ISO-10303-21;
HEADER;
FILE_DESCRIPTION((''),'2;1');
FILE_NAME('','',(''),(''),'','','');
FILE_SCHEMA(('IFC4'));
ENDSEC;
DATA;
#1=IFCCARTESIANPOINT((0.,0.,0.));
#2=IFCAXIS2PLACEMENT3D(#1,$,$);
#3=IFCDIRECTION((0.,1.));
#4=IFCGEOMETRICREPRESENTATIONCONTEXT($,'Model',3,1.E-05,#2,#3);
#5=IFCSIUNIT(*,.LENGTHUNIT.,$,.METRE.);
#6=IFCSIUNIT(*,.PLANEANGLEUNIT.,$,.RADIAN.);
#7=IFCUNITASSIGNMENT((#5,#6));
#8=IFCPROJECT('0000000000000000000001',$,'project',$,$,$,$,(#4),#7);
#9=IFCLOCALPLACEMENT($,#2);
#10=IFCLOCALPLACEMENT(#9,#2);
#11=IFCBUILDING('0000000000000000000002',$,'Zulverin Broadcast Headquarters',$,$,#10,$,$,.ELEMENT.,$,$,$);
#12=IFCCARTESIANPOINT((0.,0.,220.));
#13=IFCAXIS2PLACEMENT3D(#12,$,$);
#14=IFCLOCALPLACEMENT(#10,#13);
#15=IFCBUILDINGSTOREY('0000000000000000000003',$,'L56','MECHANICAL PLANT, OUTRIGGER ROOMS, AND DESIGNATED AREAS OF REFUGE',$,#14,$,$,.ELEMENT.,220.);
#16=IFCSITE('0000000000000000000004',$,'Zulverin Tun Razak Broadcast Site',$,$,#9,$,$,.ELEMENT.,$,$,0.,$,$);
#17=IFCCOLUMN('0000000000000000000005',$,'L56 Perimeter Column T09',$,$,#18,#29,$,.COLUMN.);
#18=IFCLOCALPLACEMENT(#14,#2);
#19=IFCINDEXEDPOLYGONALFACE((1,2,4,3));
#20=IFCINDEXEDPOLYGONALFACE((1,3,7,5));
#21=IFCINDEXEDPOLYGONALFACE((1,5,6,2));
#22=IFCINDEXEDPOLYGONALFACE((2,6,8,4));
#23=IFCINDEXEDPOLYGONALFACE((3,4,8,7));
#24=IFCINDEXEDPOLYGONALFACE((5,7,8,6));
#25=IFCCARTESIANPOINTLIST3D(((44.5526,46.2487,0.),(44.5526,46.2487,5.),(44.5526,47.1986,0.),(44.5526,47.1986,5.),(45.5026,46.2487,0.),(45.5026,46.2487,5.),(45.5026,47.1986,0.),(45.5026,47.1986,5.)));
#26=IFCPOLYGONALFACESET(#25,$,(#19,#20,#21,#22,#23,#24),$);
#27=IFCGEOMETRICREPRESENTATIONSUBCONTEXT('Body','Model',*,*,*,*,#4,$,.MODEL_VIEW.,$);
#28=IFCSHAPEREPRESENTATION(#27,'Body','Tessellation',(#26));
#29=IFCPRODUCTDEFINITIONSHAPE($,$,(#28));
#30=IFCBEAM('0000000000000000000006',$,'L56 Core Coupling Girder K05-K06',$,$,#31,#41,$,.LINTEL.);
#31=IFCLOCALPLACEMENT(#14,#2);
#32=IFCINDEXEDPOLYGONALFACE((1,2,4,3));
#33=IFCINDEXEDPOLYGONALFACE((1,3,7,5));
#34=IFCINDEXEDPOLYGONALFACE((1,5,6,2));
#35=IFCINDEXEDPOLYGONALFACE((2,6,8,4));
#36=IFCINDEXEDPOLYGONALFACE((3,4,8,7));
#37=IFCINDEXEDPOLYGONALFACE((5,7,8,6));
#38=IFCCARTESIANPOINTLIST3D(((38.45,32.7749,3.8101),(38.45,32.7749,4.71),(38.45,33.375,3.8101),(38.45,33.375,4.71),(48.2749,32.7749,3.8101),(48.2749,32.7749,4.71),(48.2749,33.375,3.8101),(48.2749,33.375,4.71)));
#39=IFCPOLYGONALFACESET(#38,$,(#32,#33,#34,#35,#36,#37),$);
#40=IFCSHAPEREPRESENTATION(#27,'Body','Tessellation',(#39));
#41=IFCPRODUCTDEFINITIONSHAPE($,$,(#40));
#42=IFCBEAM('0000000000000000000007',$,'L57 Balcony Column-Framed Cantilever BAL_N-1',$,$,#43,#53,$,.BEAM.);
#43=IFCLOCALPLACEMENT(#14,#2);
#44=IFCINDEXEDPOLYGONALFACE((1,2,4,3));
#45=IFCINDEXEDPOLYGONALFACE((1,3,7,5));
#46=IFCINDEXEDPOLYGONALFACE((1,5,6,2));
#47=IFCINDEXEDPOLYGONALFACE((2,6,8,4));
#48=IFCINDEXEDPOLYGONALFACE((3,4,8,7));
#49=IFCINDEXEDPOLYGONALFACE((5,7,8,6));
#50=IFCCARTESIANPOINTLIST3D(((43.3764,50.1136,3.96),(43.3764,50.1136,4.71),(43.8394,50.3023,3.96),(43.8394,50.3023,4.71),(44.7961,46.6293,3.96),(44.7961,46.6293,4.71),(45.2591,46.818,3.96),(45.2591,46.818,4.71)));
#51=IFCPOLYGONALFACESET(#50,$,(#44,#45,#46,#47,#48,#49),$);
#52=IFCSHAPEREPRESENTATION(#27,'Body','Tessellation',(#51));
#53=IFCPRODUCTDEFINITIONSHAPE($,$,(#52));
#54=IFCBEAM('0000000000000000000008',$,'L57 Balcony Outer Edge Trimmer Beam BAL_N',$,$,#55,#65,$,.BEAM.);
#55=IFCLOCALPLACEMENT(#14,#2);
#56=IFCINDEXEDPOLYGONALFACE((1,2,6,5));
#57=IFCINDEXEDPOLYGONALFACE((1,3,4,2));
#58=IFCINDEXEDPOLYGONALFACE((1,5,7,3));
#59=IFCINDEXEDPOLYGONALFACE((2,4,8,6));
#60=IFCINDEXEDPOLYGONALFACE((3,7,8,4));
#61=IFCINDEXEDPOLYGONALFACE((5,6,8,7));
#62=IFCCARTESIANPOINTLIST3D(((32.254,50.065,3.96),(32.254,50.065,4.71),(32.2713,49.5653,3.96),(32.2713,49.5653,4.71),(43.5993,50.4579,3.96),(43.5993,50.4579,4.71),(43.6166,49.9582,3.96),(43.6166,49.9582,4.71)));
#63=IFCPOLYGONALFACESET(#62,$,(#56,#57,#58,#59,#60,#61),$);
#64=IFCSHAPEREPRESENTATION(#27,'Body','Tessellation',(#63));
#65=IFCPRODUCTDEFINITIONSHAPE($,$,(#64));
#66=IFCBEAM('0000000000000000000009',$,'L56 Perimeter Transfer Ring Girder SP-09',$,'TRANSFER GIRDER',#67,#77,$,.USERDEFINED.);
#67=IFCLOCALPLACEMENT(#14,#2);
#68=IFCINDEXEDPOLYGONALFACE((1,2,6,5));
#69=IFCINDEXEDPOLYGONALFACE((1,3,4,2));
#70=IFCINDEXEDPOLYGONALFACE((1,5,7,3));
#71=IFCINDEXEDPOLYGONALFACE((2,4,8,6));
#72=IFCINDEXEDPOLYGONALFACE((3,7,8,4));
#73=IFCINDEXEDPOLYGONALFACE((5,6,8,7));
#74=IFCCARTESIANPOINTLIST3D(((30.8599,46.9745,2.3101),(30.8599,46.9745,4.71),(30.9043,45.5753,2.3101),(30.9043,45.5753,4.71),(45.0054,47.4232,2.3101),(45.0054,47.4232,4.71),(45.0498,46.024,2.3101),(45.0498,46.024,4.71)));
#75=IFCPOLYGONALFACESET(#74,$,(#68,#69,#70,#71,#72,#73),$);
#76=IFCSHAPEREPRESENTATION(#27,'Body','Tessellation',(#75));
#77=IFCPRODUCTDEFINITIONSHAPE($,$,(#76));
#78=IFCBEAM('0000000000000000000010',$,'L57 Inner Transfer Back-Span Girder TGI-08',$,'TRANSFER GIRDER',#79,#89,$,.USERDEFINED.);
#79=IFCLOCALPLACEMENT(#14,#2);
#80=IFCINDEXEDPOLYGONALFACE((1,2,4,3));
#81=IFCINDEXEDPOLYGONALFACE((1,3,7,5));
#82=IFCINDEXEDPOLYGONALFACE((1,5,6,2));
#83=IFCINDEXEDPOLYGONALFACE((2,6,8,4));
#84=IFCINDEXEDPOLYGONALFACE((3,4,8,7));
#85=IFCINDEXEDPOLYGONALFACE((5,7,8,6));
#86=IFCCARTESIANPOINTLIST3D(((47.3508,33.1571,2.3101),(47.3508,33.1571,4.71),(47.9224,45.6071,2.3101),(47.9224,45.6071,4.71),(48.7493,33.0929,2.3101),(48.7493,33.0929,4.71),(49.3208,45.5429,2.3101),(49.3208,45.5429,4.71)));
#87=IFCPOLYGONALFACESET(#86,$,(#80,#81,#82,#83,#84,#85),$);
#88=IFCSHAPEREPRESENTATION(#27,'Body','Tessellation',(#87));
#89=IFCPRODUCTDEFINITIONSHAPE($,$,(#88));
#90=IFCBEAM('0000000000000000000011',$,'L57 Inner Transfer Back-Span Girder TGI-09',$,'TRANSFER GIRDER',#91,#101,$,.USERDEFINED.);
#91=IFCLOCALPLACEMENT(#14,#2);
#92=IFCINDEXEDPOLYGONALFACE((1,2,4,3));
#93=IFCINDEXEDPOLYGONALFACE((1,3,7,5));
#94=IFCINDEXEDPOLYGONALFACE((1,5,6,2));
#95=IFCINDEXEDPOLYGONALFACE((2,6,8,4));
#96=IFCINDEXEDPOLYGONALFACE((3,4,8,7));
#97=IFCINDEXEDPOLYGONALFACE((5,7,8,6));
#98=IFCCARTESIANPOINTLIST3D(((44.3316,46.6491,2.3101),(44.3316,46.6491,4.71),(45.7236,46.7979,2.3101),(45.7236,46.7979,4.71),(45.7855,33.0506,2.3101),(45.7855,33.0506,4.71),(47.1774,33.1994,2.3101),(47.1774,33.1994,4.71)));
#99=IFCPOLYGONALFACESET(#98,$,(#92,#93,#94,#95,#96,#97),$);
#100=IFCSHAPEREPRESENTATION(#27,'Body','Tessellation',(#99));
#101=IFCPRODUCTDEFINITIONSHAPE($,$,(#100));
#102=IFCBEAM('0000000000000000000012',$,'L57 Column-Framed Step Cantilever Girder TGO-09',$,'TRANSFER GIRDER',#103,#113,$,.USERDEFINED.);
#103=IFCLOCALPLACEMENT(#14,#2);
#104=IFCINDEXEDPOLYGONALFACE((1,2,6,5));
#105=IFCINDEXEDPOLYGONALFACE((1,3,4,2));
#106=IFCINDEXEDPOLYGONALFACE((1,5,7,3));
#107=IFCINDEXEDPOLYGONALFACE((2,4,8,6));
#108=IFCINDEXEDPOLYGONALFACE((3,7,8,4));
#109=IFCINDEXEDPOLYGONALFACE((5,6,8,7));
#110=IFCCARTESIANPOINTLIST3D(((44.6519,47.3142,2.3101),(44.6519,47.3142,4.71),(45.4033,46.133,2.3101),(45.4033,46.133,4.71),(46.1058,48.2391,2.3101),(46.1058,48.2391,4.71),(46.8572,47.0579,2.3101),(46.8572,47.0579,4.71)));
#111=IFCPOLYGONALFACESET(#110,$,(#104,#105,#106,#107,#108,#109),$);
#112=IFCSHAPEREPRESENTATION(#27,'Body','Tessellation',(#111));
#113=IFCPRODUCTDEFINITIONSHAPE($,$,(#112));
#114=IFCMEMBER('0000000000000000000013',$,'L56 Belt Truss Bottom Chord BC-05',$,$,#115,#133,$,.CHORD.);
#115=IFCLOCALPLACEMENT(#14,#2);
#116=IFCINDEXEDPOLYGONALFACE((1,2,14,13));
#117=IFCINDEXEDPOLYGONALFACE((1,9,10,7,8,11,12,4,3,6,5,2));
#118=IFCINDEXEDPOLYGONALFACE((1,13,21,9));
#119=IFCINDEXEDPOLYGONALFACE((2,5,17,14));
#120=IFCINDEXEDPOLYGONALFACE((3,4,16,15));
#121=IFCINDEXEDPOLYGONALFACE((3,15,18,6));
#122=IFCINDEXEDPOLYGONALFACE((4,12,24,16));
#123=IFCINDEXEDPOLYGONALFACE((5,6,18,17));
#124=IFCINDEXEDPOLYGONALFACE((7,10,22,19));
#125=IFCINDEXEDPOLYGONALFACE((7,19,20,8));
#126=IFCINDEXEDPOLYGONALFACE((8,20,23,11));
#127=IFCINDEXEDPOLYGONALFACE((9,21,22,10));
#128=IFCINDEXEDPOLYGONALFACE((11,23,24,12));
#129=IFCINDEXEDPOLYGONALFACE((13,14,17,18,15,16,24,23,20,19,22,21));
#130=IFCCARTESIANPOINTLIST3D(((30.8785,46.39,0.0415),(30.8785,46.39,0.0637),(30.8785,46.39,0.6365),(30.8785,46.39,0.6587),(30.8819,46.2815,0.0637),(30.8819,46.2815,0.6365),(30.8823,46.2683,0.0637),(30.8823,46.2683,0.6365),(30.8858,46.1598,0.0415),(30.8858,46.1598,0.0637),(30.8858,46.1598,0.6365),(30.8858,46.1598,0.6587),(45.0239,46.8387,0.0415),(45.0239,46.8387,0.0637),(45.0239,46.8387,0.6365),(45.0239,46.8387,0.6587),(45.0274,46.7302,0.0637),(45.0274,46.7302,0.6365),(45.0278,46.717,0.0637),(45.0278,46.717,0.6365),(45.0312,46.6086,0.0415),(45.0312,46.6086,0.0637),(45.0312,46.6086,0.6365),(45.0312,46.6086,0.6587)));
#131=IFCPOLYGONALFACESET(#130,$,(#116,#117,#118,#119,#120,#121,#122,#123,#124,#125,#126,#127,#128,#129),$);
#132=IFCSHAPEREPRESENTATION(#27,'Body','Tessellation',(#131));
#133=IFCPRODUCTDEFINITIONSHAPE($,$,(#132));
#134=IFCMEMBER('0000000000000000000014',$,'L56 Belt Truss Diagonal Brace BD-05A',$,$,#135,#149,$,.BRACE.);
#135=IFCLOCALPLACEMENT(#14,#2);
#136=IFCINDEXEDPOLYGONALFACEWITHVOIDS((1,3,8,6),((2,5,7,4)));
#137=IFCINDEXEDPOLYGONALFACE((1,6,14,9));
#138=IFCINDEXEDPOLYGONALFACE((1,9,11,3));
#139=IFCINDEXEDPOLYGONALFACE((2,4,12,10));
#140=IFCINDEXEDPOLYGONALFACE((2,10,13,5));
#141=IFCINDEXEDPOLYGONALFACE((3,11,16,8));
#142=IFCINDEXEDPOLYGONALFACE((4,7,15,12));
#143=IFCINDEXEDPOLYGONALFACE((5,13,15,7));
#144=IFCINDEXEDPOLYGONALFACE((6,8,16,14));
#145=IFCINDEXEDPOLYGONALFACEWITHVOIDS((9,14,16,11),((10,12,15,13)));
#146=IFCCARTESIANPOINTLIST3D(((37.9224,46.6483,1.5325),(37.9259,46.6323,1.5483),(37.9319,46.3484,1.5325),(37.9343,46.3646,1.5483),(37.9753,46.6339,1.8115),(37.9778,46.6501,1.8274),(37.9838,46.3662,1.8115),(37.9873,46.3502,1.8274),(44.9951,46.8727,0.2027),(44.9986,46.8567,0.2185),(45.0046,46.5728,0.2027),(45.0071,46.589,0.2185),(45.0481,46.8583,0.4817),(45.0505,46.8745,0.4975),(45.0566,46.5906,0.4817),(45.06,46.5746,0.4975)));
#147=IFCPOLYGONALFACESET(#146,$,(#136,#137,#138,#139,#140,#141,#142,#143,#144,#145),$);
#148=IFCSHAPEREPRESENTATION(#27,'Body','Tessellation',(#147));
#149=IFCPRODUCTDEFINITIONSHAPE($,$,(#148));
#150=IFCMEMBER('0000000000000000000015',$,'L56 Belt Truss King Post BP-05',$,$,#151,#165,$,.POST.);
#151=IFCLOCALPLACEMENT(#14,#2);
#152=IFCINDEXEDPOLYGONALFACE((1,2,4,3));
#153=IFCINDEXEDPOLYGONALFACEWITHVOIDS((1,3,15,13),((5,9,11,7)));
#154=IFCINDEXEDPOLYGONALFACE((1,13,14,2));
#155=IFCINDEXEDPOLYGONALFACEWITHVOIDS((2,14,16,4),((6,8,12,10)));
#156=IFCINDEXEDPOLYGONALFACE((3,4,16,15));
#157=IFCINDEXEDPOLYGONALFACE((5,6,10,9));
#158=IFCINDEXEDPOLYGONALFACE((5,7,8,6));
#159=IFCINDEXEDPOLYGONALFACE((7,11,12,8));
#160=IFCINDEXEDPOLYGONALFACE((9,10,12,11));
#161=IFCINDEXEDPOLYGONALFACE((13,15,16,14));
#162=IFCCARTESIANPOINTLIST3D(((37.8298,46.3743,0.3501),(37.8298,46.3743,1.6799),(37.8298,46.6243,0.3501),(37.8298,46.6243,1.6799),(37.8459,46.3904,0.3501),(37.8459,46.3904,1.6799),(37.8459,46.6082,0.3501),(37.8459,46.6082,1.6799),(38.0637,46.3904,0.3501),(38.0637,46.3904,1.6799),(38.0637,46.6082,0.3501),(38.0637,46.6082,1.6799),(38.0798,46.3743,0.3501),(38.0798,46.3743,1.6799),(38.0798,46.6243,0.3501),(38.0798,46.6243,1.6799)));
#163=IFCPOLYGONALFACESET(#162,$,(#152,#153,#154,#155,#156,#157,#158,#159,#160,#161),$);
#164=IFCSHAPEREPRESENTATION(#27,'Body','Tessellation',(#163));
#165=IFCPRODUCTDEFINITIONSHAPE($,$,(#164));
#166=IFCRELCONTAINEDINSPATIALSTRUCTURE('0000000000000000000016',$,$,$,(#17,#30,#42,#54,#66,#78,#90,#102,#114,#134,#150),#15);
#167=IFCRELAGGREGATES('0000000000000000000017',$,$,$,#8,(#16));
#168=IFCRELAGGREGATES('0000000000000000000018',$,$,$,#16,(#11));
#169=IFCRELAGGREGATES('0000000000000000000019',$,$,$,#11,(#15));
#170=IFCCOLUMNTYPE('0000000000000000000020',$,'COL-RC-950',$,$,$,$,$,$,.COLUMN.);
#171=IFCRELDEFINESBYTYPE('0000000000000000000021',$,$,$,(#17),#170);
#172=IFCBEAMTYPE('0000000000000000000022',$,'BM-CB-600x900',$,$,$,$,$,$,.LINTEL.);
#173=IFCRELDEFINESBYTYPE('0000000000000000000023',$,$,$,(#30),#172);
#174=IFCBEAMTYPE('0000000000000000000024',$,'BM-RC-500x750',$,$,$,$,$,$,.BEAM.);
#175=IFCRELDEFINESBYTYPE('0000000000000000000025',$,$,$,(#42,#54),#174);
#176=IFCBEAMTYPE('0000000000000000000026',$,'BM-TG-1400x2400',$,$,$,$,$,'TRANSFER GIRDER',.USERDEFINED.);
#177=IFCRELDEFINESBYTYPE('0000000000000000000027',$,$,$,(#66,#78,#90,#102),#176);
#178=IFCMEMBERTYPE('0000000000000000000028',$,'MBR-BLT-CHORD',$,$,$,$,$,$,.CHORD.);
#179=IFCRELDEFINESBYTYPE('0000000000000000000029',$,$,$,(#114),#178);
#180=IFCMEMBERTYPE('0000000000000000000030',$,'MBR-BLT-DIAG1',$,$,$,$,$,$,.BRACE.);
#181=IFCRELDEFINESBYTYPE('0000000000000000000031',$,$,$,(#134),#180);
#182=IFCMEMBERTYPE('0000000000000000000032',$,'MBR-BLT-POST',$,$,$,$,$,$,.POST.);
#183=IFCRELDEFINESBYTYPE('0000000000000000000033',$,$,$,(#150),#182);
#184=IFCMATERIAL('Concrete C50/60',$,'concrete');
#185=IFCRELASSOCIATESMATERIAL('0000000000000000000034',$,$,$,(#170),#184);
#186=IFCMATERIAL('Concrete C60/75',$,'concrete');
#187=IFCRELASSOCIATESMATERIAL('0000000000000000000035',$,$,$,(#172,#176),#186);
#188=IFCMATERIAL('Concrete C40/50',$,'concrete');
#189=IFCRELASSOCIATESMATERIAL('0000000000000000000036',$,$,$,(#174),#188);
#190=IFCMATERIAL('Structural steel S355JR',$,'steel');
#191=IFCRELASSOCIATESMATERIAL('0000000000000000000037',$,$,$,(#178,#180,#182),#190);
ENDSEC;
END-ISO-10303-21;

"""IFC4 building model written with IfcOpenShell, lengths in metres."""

from ifc_helpers import new_model, si_unit, direction, frame, origin, origin_2d, place, context, subcontext, project, spatial, rectangle, hollow_rectangle, i_section, extrude, material, material_profile, profile_set, type_object, element, save


model = new_model("IFC4")

# Units and contexts
model_context = context("Model", 3, precision=1e-05, world=origin(), true_north=direction((0.0, 1.0)))
body_context = subcontext(model_context, "Body", "Model", "MODEL_VIEW")
ifc_project = project(units=[si_unit("LENGTHUNIT", "METRE"), si_unit("PLANEANGLEUNIT", "RADIAN")], contexts=[model_context])

# Site, building, storey
site_placement = place(None, origin())
site = spatial("IfcSite", under=ifc_project, at=site_placement, Name="Zulverin Tun Razak Broadcast Site", CompositionType="ELEMENT", RefElevation=0.0)
building_placement = place(site_placement, origin())
building = spatial("IfcBuilding", under=site, at=building_placement, Name="Zulverin Broadcast Headquarters", CompositionType="ELEMENT")
storey_placement = place(building_placement, frame((0.0, 0.0, 220.0)))
storey = spatial("IfcBuildingStorey", under=building, at=storey_placement, Name="L56", Description="MECHANICAL PLANT, OUTRIGGER ROOMS, AND DESIGNATED AREAS OF REFUGE", CompositionType="ELEMENT", Elevation=220.0)

# Column
ifc_material_1 = material(Name="Concrete C50/60", Category="concrete")
ifc_material_profile_1 = material_profile(ifc_material_1, rectangle(XDim=0.95, YDim=0.95, at=origin_2d()), Name="Concrete C50/60", Category="concrete")
ifc_profile_set_1 = profile_set([ifc_material_profile_1], Name="Concrete C50/60")
column_type = type_object("IfcColumnType", Name="COL-RC-950", PredefinedType="COLUMN", material=ifc_profile_set_1)
column_placement = place(storey_placement, frame((45.0276, 46.7236, 0.0), z_axis=(0.0, 0.0, 1.0), x_axis=(1.0, 0.0, 0.0)))
element("IfcColumn", 1, at=column_placement, inside=storey, type_object=column_type, Name="L56 Perimeter Column T09", PredefinedType="COLUMN", context=body_context, shape_type="SweptSolid", body=[
    extrude(rectangle(XDim=0.95, YDim=0.95, at=origin_2d()), origin(), (0.0, 0.0, 1.0), 5.0),
])

# Beams
ifc_material_2 = material(Name="Concrete C60/75", Category="concrete")
ifc_material_profile_2 = material_profile(ifc_material_2, rectangle(XDim=0.6001, YDim=0.8999, at=origin_2d()), Name="Concrete C60/75", Category="concrete")
ifc_profile_set_2 = profile_set([ifc_material_profile_2], Name="Concrete C60/75")
beam_type_1 = type_object("IfcBeamType", Name="BM-CB-600x900", PredefinedType="LINTEL", material=ifc_profile_set_2)
beam_1_placement = place(storey_placement, frame((48.2749, 33.075, 4.26), z_axis=(-1.0, 0.0, 0.0), x_axis=(0.0, -1.0, 0.0)))
element("IfcBeam", 2, at=beam_1_placement, inside=storey, type_object=beam_type_1, Name="L56 Core Coupling Girder K05-K06", PredefinedType="LINTEL", context=body_context, shape_type="SweptSolid", body=[
    extrude(rectangle(XDim=0.6001, YDim=0.8999, at=origin_2d()), origin(), (0.0, 0.0, 1.0), 9.825),
])
ifc_material_3 = material(Name="Concrete C40/50", Category="concrete")
ifc_material_profile_3 = material_profile(ifc_material_3, rectangle(XDim=0.5, YDim=0.75, at=origin_2d()), Name="Concrete C40/50", Category="concrete")
ifc_profile_set_3 = profile_set([ifc_material_profile_3], Name="Concrete C40/50")
beam_type_2 = type_object("IfcBeamType", Name="BM-RC-500x750", PredefinedType="BEAM", material=ifc_profile_set_3)
beam_2_placement = place(storey_placement, frame((45.0276, 46.7236, 4.335), z_axis=(-0.377324, 0.926081, 0.0), x_axis=(-0.926081, -0.377324, 0.0)))
element("IfcBeam", 3, at=beam_2_placement, inside=storey, type_object=beam_type_2, Name="L57 Balcony Column-Framed Cantilever BAL_N-1", PredefinedType="BEAM", context=body_context, shape_type="SweptSolid", body=[
    extrude(rectangle(XDim=0.5, YDim=0.75, at=origin_2d()), origin(), (0.0, 0.0, 1.0), 3.7625),
])
beam_3_placement = place(storey_placement, frame((43.6079, 50.208, 4.335), z_axis=(-0.999401, -0.034604, 0.0), x_axis=(0.034604, -0.999401, 0.0)))
element("IfcBeam", 4, at=beam_3_placement, inside=storey, type_object=beam_type_2, Name="L57 Balcony Outer Edge Trimmer Beam BAL_N", PredefinedType="BEAM", context=body_context, shape_type="SweptSolid", body=[
    extrude(rectangle(XDim=0.5, YDim=0.75, at=origin_2d()), origin(), (0.0, 0.0, 1.0), 11.3521),
])
ifc_material_profile_4 = material_profile(ifc_material_2, rectangle(XDim=1.3999, YDim=2.3999, at=origin_2d()), Name="Concrete C60/75", Category="concrete")
ifc_profile_set_4 = profile_set([ifc_material_profile_4], Name="Concrete C60/75")
beam_type_3 = type_object("IfcBeamType", Name="BM-TG-1400x2400", ElementType="TRANSFER GIRDER", PredefinedType="USERDEFINED", material=ifc_profile_set_4)
beam_4_placement = place(storey_placement, frame((45.0276, 46.7236, 3.51), z_axis=(-0.999497, -0.031707, 0.0), x_axis=(0.031707, -0.999497, 0.0)))
element("IfcBeam", 5, at=beam_4_placement, inside=storey, type_object=beam_type_3, Name="L56 Perimeter Transfer Ring Girder SP-09", ObjectType="TRANSFER GIRDER", PredefinedType="USERDEFINED", context=body_context, shape_type="SweptSolid", body=[
    extrude(rectangle(XDim=1.3999, YDim=2.3999, at=origin_2d()), origin(), (0.0, 0.0, 1.0), 14.1526),
])
beam_5_placement = place(storey_placement, frame((48.05, 33.125, 3.51), z_axis=(0.045858, 0.998948, 0.0), x_axis=(-0.998948, 0.045858, 0.0)))
element("IfcBeam", 6, at=beam_5_placement, inside=storey, type_object=beam_type_3, Name="L57 Inner Transfer Back-Span Girder TGI-08", ObjectType="TRANSFER GIRDER", PredefinedType="USERDEFINED", context=body_context, shape_type="SweptSolid", body=[
    extrude(rectangle(XDim=1.3999, YDim=2.3999, at=origin_2d()), origin(), (0.0, 0.0, 1.0), 12.4631),
])
beam_6_placement = place(storey_placement, frame((46.4814, 33.125, 3.51), z_axis=(-0.106306, 0.994333, 0.0), x_axis=(-0.994333, -0.106306, 0.0)))
element("IfcBeam", 7, at=beam_6_placement, inside=storey, type_object=beam_type_3, Name="L57 Inner Transfer Back-Span Girder TGI-09", ObjectType="TRANSFER GIRDER", PredefinedType="USERDEFINED", context=body_context, shape_type="SweptSolid", body=[
    extrude(rectangle(XDim=1.3999, YDim=2.3999, at=origin_2d()), origin(), (0.0, 0.0, 1.0), 13.676),
])
beam_7_placement = place(storey_placement, frame((45.0276, 46.7236, 3.51), z_axis=(0.843761, 0.53672, 0.0), x_axis=(-0.53672, 0.843761, 0.0)))
element("IfcBeam", 8, at=beam_7_placement, inside=storey, type_object=beam_type_3, Name="L57 Column-Framed Step Cantilever Girder TGO-09", ObjectType="TRANSFER GIRDER", PredefinedType="USERDEFINED", context=body_context, shape_type="SweptSolid", body=[
    extrude(rectangle(XDim=1.3999, YDim=2.3999, at=origin_2d()), origin(), (0.0, 0.0, 1.0), 1.7231),
])

# Members
ifc_material_4 = material(Name="Structural steel S355JR", Category="steel")
ifc_material_profile_5 = material_profile(ifc_material_4, i_section(OverallWidth=0.2302, OverallDepth=0.6172, WebThickness=0.0132, FlangeThickness=0.0222, at=origin_2d()), Name="Structural steel S355JR", Category="steel")
ifc_profile_set_5 = profile_set([ifc_material_profile_5], Name="Structural steel S355JR")
member_type_1 = type_object("IfcMemberType", Name="MBR-BLT-CHORD", PredefinedType="CHORD", material=ifc_profile_set_5)
member_1_placement = place(storey_placement, frame((45.0276, 46.7236, 0.3501), z_axis=(-0.999497, -0.031707, 0.0), x_axis=(0.031707, -0.999497, 0.0)))
element("IfcMember", 9, at=member_1_placement, inside=storey, type_object=member_type_1, Name="L56 Belt Truss Bottom Chord BC-05", PredefinedType="CHORD", context=body_context, shape_type="SweptSolid", body=[
    extrude(i_section(OverallWidth=0.2302, OverallDepth=0.6172, WebThickness=0.0132, FlangeThickness=0.0222, at=origin_2d()), origin(), (0.0, 0.0, 1.0), 14.1526),
])
ifc_material_profile_6 = material_profile(ifc_material_4, hollow_rectangle(XDim=0.3, YDim=0.3, WallThickness=0.0161, at=origin_2d()), Name="Structural steel S355JR", Category="steel")
ifc_profile_set_6 = profile_set([ifc_material_profile_6], Name="Structural steel S355JR")
member_type_2 = type_object("IfcMemberType", Name="MBR-BLT-DIAG1", PredefinedType="BRACE", material=ifc_profile_set_6)
member_2_placement = place(storey_placement, frame((45.0276, 46.7236, 0.3501), z_axis=(-0.982302, -0.031161, 0.184694), x_axis=(0.031707, -0.999497, 0.0)))
element("IfcMember", 10, at=member_2_placement, inside=storey, type_object=member_type_2, Name="L56 Belt Truss Diagonal Brace BD-05A", PredefinedType="BRACE", context=body_context, shape_type="SweptSolid", body=[
    extrude(hollow_rectangle(XDim=0.3, YDim=0.3, WallThickness=0.0161, at=origin_2d()), origin(), (0.0, 0.0, 1.0), 7.2002),
])
ifc_material_profile_7 = material_profile(ifc_material_4, hollow_rectangle(XDim=0.25, YDim=0.25, WallThickness=0.0161, at=origin_2d()), Name="Structural steel S355JR", Category="steel")
ifc_profile_set_7 = profile_set([ifc_material_profile_7], Name="Structural steel S355JR")
member_type_3 = type_object("IfcMemberType", Name="MBR-BLT-POST", PredefinedType="POST", material=ifc_profile_set_7)
member_3_placement = place(storey_placement, frame((37.9548, 46.4993, 0.3501), z_axis=(0.0, 0.0, 1.0), x_axis=(1.0, 0.0, 0.0)))
element("IfcMember", 11, at=member_3_placement, inside=storey, type_object=member_type_3, Name="L56 Belt Truss King Post BP-05", PredefinedType="POST", context=body_context, shape_type="SweptSolid", body=[
    extrude(hollow_rectangle(XDim=0.25, YDim=0.25, WallThickness=0.0161, at=origin_2d()), origin(), (0.0, 0.0, 1.0), 1.3298),
])

save(model, "model.ifc")
